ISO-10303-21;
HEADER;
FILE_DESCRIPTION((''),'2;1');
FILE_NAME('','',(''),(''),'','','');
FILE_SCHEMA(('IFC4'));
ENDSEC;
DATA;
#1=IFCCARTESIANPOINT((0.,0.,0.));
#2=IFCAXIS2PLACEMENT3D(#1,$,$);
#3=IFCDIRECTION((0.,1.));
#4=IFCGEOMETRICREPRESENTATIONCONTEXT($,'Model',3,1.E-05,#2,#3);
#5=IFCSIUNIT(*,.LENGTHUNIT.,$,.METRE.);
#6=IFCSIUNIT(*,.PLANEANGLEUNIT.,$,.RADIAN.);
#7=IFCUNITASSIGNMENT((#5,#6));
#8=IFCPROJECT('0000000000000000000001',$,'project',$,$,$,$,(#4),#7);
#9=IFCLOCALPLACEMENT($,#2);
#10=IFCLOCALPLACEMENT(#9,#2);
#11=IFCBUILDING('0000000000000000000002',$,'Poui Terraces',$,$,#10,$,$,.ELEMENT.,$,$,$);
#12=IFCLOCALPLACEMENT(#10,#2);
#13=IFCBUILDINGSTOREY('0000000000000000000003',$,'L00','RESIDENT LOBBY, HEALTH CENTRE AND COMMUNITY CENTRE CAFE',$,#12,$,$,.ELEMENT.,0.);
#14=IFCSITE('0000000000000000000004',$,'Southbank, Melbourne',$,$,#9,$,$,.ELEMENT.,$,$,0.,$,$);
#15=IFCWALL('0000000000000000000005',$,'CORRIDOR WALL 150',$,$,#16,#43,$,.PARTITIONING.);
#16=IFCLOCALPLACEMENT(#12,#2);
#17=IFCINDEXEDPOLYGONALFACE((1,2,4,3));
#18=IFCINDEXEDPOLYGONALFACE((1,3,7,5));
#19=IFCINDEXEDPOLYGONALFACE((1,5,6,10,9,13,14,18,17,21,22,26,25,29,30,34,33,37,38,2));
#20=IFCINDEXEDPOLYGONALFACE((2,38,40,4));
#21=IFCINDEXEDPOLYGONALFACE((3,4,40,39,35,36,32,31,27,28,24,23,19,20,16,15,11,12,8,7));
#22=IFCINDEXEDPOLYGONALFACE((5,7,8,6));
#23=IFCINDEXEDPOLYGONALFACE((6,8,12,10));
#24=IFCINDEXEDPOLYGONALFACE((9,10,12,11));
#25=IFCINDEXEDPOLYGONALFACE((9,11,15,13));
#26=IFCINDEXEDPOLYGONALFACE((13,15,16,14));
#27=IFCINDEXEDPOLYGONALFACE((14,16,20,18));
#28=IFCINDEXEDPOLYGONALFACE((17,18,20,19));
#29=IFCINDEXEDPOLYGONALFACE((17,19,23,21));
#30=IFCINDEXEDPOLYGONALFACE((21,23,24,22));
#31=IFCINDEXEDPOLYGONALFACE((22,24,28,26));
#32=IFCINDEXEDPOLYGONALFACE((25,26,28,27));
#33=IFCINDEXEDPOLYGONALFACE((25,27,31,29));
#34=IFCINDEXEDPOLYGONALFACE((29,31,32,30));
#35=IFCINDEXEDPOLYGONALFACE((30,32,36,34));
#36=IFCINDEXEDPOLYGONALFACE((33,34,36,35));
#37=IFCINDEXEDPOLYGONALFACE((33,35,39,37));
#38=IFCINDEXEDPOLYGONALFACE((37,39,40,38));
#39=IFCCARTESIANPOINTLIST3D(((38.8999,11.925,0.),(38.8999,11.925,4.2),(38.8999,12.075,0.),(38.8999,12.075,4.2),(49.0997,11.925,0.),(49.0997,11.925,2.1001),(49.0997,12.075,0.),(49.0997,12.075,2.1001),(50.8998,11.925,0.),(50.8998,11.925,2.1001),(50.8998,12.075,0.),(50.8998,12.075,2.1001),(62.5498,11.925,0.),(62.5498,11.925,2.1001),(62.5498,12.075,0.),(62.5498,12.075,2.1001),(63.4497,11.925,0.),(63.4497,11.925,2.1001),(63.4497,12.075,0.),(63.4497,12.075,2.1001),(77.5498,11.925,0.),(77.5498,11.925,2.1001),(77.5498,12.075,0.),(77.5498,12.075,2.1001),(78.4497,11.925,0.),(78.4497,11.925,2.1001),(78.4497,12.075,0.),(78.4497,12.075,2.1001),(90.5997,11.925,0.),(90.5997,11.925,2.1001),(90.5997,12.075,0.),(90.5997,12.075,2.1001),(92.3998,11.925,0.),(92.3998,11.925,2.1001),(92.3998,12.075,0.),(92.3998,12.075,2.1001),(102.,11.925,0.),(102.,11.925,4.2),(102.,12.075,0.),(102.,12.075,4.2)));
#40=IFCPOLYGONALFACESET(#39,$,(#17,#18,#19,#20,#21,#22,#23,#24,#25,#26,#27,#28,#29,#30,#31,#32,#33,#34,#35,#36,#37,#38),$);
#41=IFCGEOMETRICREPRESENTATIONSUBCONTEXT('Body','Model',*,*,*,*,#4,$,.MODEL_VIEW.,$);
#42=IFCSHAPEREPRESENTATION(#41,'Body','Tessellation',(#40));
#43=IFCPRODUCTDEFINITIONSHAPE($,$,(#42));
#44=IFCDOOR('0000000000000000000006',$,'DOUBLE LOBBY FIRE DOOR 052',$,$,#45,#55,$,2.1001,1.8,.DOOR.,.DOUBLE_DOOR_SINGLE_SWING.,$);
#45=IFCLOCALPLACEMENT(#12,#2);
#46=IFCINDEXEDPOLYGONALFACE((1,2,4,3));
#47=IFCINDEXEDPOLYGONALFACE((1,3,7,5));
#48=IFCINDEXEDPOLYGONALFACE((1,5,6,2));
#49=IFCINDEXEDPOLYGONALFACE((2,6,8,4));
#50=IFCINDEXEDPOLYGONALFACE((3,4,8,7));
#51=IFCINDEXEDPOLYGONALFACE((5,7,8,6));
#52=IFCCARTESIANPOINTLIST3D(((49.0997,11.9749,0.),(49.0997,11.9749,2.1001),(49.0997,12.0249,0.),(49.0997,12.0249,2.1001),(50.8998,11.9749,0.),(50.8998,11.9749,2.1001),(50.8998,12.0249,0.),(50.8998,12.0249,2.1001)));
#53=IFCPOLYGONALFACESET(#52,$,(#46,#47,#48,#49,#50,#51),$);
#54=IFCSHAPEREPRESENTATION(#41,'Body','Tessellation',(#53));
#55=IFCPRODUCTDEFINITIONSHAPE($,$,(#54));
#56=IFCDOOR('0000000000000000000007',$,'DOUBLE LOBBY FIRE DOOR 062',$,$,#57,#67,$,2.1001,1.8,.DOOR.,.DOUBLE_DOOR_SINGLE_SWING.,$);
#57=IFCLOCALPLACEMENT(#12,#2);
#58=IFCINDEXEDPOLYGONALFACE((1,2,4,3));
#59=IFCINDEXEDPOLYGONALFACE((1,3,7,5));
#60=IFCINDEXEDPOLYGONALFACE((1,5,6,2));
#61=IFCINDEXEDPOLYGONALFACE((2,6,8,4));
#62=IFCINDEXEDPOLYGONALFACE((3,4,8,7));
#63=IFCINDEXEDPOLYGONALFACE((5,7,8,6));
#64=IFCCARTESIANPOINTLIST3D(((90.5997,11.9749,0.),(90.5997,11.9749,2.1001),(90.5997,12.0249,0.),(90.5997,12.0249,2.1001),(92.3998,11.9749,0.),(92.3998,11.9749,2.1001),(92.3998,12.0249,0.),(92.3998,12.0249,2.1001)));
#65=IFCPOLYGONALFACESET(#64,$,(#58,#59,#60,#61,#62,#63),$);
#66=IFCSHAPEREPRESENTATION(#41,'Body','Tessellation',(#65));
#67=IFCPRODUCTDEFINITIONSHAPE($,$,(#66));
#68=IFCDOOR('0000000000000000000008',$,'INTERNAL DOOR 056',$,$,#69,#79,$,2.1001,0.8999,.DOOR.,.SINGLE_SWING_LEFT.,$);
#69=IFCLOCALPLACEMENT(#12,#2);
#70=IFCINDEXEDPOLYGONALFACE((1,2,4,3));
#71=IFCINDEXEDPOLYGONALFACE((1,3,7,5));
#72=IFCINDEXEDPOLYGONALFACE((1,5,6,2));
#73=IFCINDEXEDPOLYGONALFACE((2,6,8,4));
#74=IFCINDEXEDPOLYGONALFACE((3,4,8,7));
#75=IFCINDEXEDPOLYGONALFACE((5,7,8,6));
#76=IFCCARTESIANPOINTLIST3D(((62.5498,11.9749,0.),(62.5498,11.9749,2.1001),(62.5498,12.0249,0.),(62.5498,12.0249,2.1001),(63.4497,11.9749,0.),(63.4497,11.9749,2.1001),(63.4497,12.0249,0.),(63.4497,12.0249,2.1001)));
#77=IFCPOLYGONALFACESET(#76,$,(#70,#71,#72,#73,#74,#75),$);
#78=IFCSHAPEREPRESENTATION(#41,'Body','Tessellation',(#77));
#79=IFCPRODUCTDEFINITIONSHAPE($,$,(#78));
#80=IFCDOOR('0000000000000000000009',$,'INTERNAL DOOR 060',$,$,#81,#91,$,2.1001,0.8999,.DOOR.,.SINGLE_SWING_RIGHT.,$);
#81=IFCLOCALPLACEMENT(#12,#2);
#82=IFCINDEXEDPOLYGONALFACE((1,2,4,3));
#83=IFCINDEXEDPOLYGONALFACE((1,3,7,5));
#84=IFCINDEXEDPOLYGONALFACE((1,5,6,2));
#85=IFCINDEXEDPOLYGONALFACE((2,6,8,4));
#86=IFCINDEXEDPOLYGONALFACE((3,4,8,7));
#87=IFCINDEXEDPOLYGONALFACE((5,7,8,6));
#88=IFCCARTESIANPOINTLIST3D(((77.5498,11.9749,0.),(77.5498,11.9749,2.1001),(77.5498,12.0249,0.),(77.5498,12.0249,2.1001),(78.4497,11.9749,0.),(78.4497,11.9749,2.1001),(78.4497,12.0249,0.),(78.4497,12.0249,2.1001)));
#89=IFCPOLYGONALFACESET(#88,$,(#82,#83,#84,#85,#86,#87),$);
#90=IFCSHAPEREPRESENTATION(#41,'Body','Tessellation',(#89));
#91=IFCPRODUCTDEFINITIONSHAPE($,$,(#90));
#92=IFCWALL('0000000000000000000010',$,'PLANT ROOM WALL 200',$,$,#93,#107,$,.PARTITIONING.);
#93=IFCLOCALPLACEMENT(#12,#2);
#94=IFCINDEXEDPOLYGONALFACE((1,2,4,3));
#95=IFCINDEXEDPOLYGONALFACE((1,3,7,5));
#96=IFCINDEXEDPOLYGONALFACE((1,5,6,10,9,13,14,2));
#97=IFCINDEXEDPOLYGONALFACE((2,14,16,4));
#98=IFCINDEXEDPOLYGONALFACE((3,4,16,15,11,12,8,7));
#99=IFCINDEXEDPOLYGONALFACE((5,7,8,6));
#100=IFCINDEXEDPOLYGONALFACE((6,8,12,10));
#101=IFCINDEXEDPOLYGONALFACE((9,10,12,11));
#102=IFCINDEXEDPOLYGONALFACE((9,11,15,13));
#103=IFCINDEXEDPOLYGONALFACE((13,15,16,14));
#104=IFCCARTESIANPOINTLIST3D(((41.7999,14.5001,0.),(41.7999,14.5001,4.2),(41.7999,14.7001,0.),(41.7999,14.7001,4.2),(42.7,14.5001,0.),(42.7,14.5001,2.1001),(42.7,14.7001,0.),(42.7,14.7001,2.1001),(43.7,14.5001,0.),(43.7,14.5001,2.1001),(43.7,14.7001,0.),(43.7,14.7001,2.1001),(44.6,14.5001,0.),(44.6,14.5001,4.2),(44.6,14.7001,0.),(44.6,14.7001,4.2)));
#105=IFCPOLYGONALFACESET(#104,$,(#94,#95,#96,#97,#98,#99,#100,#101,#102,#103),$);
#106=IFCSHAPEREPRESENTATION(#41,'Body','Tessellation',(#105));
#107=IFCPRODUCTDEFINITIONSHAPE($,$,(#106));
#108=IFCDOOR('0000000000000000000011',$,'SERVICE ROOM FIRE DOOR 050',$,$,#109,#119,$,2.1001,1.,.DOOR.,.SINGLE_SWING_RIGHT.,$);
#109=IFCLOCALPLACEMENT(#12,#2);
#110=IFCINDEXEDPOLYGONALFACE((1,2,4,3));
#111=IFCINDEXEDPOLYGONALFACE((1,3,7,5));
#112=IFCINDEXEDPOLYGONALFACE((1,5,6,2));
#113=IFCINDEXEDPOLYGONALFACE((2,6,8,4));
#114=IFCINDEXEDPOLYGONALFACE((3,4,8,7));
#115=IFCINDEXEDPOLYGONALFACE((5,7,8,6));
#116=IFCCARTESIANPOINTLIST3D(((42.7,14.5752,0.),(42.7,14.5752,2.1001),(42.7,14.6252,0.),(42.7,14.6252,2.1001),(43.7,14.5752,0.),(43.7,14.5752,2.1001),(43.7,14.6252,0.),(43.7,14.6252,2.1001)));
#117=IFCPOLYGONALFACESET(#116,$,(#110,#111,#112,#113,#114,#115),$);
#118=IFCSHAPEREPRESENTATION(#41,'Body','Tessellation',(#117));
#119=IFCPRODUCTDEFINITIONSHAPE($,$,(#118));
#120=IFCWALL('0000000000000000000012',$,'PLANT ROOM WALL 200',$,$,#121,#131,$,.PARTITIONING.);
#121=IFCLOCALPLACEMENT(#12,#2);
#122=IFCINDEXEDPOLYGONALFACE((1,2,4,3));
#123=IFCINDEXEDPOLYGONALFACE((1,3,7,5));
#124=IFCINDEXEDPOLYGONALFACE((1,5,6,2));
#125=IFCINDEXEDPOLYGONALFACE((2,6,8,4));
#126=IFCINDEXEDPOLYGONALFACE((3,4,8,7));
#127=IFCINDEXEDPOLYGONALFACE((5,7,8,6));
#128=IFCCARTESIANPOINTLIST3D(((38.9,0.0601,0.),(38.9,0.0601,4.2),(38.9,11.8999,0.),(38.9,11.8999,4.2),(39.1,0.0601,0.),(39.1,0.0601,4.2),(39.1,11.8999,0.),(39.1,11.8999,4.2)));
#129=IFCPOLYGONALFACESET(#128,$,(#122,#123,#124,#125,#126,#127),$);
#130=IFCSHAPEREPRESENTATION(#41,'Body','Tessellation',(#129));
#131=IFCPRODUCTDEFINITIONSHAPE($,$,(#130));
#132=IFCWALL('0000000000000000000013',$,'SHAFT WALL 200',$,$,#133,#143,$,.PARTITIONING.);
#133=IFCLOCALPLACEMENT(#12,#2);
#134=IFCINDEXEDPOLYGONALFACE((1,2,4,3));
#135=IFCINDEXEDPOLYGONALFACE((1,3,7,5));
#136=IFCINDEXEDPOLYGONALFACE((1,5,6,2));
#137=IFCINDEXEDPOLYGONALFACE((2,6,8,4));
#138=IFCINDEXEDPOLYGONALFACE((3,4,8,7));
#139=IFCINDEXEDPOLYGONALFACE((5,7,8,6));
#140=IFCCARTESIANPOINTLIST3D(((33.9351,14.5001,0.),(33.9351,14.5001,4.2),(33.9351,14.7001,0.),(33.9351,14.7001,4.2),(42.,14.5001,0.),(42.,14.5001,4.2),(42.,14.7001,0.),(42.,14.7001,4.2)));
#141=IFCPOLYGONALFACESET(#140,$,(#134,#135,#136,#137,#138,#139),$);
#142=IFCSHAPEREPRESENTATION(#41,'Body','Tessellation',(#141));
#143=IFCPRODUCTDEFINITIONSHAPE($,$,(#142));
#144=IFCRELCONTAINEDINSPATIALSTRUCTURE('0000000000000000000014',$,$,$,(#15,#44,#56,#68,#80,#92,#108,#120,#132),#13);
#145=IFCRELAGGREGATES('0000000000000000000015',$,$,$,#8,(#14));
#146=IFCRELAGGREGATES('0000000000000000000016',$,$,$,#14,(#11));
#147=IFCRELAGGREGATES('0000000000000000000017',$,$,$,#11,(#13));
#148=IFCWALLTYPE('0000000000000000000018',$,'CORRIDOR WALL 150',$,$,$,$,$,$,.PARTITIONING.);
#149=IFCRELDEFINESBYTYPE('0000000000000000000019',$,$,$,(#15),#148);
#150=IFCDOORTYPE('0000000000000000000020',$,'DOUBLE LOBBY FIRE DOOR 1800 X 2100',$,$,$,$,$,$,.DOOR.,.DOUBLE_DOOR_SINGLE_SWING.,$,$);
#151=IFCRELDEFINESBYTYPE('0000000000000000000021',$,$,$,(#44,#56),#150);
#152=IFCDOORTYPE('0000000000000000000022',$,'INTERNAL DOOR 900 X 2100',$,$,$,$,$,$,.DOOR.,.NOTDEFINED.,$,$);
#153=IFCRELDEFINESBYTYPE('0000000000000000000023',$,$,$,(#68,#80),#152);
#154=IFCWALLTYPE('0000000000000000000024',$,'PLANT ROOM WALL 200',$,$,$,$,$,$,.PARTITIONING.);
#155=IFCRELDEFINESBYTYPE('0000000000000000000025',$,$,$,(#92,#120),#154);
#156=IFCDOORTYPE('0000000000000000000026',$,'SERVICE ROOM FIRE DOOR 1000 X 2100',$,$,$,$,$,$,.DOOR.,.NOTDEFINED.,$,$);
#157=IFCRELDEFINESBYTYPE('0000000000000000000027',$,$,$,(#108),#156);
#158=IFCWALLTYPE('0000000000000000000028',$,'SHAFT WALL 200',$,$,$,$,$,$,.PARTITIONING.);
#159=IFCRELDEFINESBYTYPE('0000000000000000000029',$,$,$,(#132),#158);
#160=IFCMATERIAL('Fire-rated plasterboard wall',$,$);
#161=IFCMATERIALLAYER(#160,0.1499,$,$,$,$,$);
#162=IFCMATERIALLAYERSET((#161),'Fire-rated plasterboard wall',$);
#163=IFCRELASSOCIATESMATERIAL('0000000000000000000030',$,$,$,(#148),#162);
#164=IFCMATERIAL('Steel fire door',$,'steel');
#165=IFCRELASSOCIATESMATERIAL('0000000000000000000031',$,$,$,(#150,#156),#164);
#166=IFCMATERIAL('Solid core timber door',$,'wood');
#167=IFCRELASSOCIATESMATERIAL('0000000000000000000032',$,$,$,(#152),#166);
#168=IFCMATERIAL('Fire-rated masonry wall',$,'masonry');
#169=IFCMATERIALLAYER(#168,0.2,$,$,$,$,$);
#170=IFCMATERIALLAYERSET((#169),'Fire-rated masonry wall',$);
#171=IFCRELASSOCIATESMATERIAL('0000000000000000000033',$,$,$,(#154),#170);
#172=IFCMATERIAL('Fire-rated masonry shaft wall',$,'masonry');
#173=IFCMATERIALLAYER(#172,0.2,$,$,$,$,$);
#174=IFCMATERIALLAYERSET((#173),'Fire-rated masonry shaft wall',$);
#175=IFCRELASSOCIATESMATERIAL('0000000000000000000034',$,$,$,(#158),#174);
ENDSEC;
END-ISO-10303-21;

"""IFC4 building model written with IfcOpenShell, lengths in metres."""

from ifc_helpers import new_model, si_unit, direction, frame, frame_2d, origin, place, context, subcontext, project, spatial, rectangle, extrude, material, layer, layer_set, type_object, element, fill, save


model = new_model("IFC4")

# Units and contexts
model_context = context("Model", 3, precision=1e-05, world=origin(), true_north=direction((0.0, 1.0)))
body_context = subcontext(model_context, "Body", "Model", "MODEL_VIEW")
ifc_project = project(units=[si_unit("LENGTHUNIT", "METRE"), si_unit("PLANEANGLEUNIT", "RADIAN")], contexts=[model_context])

# Site, building, storey
site_placement = place(None, origin())
site = spatial("IfcSite", under=ifc_project, at=site_placement, Name="Southbank, Melbourne", CompositionType="ELEMENT", RefElevation=0.0)
building_placement = place(site_placement, origin())
building = spatial("IfcBuilding", under=site, at=building_placement, Name="Poui Terraces", CompositionType="ELEMENT")
storey_placement = place(building_placement, origin())
storey = spatial("IfcBuildingStorey", under=building, at=storey_placement, Name="L00", Description="RESIDENT LOBBY, HEALTH CENTRE AND COMMUNITY CENTRE CAFE", CompositionType="ELEMENT", Elevation=0.0)

# Wall, openings, doors
ifc_material_1 = material(Name="Fire-rated plasterboard wall")
ifc_layer_1 = layer(ifc_material_1, 0.1499)
ifc_layer_set_1 = layer_set([ifc_layer_1], Name="Fire-rated plasterboard wall")
wall_type_1 = type_object("IfcWallType", Name="CORRIDOR WALL 150", PredefinedType="PARTITIONING", material=ifc_layer_set_1)
wall_1_placement = place(storey_placement, frame((38.8999, 12.0, 0.0), z_axis=(0.0, 0.0, 1.0), x_axis=(1.0, 0.0, 0.0)))
wall_1 = element("IfcWall", 1, at=wall_1_placement, inside=storey, type_object=wall_type_1, Name="CORRIDOR WALL 150", PredefinedType="PARTITIONING", context=body_context, shape_type="SweptSolid", body=[
    extrude(rectangle(XDim=63.1001, YDim=0.1499, at=frame_2d((31.55, 0.0))), origin(), (0.0, 0.0, 1.0), 4.2),
])
opening_1_placement = place(wall_1_placement, frame((10.2, 0.0, 0.0)))
opening_1 = element("IfcOpeningElement", 2, at=opening_1_placement, cuts=wall_1, PredefinedType="OPENING", context=body_context, shape_type="SweptSolid", body=[
    extrude(rectangle(XDim=1.8, YDim=2.1001, at=frame_2d((0.8999, 1.05))), frame((0.0, 0.085, 0.0), z_axis=(0.0, -1.0, 0.0), x_axis=(1.0, 0.0, 0.0)), (0.0, 0.0, 1.0), 0.1699),
])
opening_2_placement = place(wall_1_placement, frame((23.6499, 0.0, 0.0)))
opening_2 = element("IfcOpeningElement", 3, at=opening_2_placement, cuts=wall_1, PredefinedType="OPENING", context=body_context, shape_type="SweptSolid", body=[
    extrude(rectangle(XDim=0.8999, YDim=2.1001, at=frame_2d((0.45, 1.05))), frame((0.0, 0.085, 0.0), z_axis=(0.0, -1.0, 0.0), x_axis=(1.0, 0.0, 0.0)), (0.0, 0.0, 1.0), 0.1699),
])
opening_3_placement = place(wall_1_placement, frame((38.6499, 0.0, 0.0)))
opening_3 = element("IfcOpeningElement", 4, at=opening_3_placement, cuts=wall_1, PredefinedType="OPENING", context=body_context, shape_type="SweptSolid", body=[
    extrude(rectangle(XDim=0.8999, YDim=2.1001, at=frame_2d((0.45, 1.05))), frame((0.0, 0.085, 0.0), z_axis=(0.0, -1.0, 0.0), x_axis=(1.0, 0.0, 0.0)), (0.0, 0.0, 1.0), 0.1699),
])
opening_4_placement = place(wall_1_placement, frame((51.7, 0.0, 0.0)))
opening_4 = element("IfcOpeningElement", 5, at=opening_4_placement, cuts=wall_1, PredefinedType="OPENING", context=body_context, shape_type="SweptSolid", body=[
    extrude(rectangle(XDim=1.8, YDim=2.1001, at=frame_2d((0.8999, 1.05))), frame((0.0, 0.085, 0.0), z_axis=(0.0, -1.0, 0.0), x_axis=(1.0, 0.0, 0.0)), (0.0, 0.0, 1.0), 0.1699),
])
ifc_material_2 = material(Name="Steel fire door", Category="steel")
door_type_1 = type_object("IfcDoorType", Name="DOUBLE LOBBY FIRE DOOR 1800 X 2100", OperationType="DOUBLE_DOOR_SINGLE_SWING", PredefinedType="DOOR", material=ifc_material_2)
door_1_placement = place(opening_1_placement, origin())
door_1 = element("IfcDoor", 6, at=door_1_placement, inside=storey, type_object=door_type_1, Name="DOUBLE LOBBY FIRE DOOR 052", OperationType="DOUBLE_DOOR_SINGLE_SWING", OverallHeight=2.1001, OverallWidth=1.8, PredefinedType="DOOR", context=body_context, shape_type="SweptSolid", body=[
    extrude(rectangle(XDim=1.8, YDim=2.1001, at=frame_2d((0.8999, 1.05))), frame((0.0, 0.0249, 0.0), z_axis=(0.0, -1.0, 0.0), x_axis=(1.0, 0.0, 0.0)), (0.0, 0.0, 1.0), 0.05),
])
fill(opening_1, door_1)
door_2_placement = place(opening_4_placement, origin())
door_2 = element("IfcDoor", 7, at=door_2_placement, inside=storey, type_object=door_type_1, Name="DOUBLE LOBBY FIRE DOOR 062", OperationType="DOUBLE_DOOR_SINGLE_SWING", OverallHeight=2.1001, OverallWidth=1.8, PredefinedType="DOOR", context=body_context, shape_type="SweptSolid", body=[
    extrude(rectangle(XDim=1.8, YDim=2.1001, at=frame_2d((0.8999, 1.05))), frame((0.0, 0.0249, 0.0), z_axis=(0.0, -1.0, 0.0), x_axis=(1.0, 0.0, 0.0)), (0.0, 0.0, 1.0), 0.05),
])
fill(opening_4, door_2)
ifc_material_3 = material(Name="Solid core timber door", Category="wood")
door_type_2 = type_object("IfcDoorType", Name="INTERNAL DOOR 900 X 2100", OperationType="NOTDEFINED", PredefinedType="DOOR", material=ifc_material_3)
door_3_placement = place(opening_2_placement, origin())
door_3 = element("IfcDoor", 8, at=door_3_placement, inside=storey, type_object=door_type_2, Name="INTERNAL DOOR 056", OperationType="SINGLE_SWING_LEFT", OverallHeight=2.1001, OverallWidth=0.8999, PredefinedType="DOOR", context=body_context, shape_type="SweptSolid", body=[
    extrude(rectangle(XDim=0.8999, YDim=2.1001, at=frame_2d((0.45, 1.05))), frame((0.0, 0.0249, 0.0), z_axis=(0.0, -1.0, 0.0), x_axis=(1.0, 0.0, 0.0)), (0.0, 0.0, 1.0), 0.05),
])
fill(opening_2, door_3)
door_4_placement = place(opening_3_placement, origin())
door_4 = element("IfcDoor", 9, at=door_4_placement, inside=storey, type_object=door_type_2, Name="INTERNAL DOOR 060", OperationType="SINGLE_SWING_RIGHT", OverallHeight=2.1001, OverallWidth=0.8999, PredefinedType="DOOR", context=body_context, shape_type="SweptSolid", body=[
    extrude(rectangle(XDim=0.8999, YDim=2.1001, at=frame_2d((0.45, 1.05))), frame((0.0, 0.0249, 0.0), z_axis=(0.0, -1.0, 0.0), x_axis=(1.0, 0.0, 0.0)), (0.0, 0.0, 1.0), 0.05),
])
fill(opening_3, door_4)

# Wall, opening, door
ifc_material_4 = material(Name="Fire-rated masonry wall", Category="masonry")
ifc_layer_2 = layer(ifc_material_4, 0.2)
ifc_layer_set_2 = layer_set([ifc_layer_2], Name="Fire-rated masonry wall")
wall_type_2 = type_object("IfcWallType", Name="PLANT ROOM WALL 200", PredefinedType="PARTITIONING", material=ifc_layer_set_2)
wall_2_placement = place(storey_placement, frame((41.8, 14.6001, 0.0), z_axis=(0.0, 0.0, 1.0), x_axis=(1.0, 0.0, 0.0)))
wall_2 = element("IfcWall", 10, at=wall_2_placement, inside=storey, type_object=wall_type_2, Name="PLANT ROOM WALL 200", PredefinedType="PARTITIONING", context=body_context, shape_type="SweptSolid", body=[
    extrude(rectangle(XDim=2.8, YDim=0.2, at=frame_2d((1.3999, 0.0))), origin(), (0.0, 0.0, 1.0), 4.2),
])
opening_5_placement = place(wall_2_placement, frame((0.8999, 0.0, 0.0)))
opening_5 = element("IfcOpeningElement", 11, at=opening_5_placement, cuts=wall_2, PredefinedType="OPENING", context=body_context, shape_type="SweptSolid", body=[
    extrude(rectangle(XDim=1.0, YDim=2.1001, at=frame_2d((0.5, 1.05))), frame((0.0, 0.1099, 0.0), z_axis=(0.0, -1.0, 0.0), x_axis=(1.0, 0.0, 0.0)), (0.0, 0.0, 1.0), 0.22),
])
door_type_3 = type_object("IfcDoorType", Name="SERVICE ROOM FIRE DOOR 1000 X 2100", OperationType="NOTDEFINED", PredefinedType="DOOR", material=ifc_material_2)
door_5_placement = place(opening_5_placement, frame((1.0, 0.0, 0.0), z_axis=(0.0, 0.0, 1.0), x_axis=(-1.0, 0.0, 0.0)))
door_5 = element("IfcDoor", 12, at=door_5_placement, inside=storey, type_object=door_type_3, Name="SERVICE ROOM FIRE DOOR 050", OperationType="SINGLE_SWING_RIGHT", OverallHeight=2.1001, OverallWidth=1.0, PredefinedType="DOOR", context=body_context, shape_type="SweptSolid", body=[
    extrude(rectangle(XDim=1.0, YDim=2.1001, at=frame_2d((0.5, 1.05))), frame((0.0, 0.0249, 0.0), z_axis=(0.0, -1.0, 0.0), x_axis=(1.0, 0.0, 0.0)), (0.0, 0.0, 1.0), 0.05),
])
fill(opening_5, door_5)

# Walls
wall_3_placement = place(storey_placement, frame((39.0, 0.0601, 0.0), z_axis=(0.0, 0.0, 1.0), x_axis=(0.0, 1.0, 0.0)))
element("IfcWall", 13, at=wall_3_placement, inside=storey, type_object=wall_type_2, Name="PLANT ROOM WALL 200", PredefinedType="PARTITIONING", context=body_context, shape_type="SweptSolid", body=[
    extrude(rectangle(XDim=11.8398, YDim=0.2, at=frame_2d((5.9199, 0.0))), origin(), (0.0, 0.0, 1.0), 4.2),
])
ifc_material_5 = material(Name="Fire-rated masonry shaft wall", Category="masonry")
ifc_layer_3 = layer(ifc_material_5, 0.2)
ifc_layer_set_3 = layer_set([ifc_layer_3], Name="Fire-rated masonry shaft wall")
wall_type_3 = type_object("IfcWallType", Name="SHAFT WALL 200", PredefinedType="PARTITIONING", material=ifc_layer_set_3)
wall_4_placement = place(storey_placement, frame((33.9351, 14.6001, 0.0), z_axis=(0.0, 0.0, 1.0), x_axis=(1.0, 0.0, 0.0)))
element("IfcWall", 14, at=wall_4_placement, inside=storey, type_object=wall_type_3, Name="SHAFT WALL 200", PredefinedType="PARTITIONING", context=body_context, shape_type="SweptSolid", body=[
    extrude(rectangle(XDim=8.0649, YDim=0.2, at=frame_2d((4.0325, 0.0))), origin(), (0.0, 0.0, 1.0), 4.2),
])

save(model, "model.ifc")
